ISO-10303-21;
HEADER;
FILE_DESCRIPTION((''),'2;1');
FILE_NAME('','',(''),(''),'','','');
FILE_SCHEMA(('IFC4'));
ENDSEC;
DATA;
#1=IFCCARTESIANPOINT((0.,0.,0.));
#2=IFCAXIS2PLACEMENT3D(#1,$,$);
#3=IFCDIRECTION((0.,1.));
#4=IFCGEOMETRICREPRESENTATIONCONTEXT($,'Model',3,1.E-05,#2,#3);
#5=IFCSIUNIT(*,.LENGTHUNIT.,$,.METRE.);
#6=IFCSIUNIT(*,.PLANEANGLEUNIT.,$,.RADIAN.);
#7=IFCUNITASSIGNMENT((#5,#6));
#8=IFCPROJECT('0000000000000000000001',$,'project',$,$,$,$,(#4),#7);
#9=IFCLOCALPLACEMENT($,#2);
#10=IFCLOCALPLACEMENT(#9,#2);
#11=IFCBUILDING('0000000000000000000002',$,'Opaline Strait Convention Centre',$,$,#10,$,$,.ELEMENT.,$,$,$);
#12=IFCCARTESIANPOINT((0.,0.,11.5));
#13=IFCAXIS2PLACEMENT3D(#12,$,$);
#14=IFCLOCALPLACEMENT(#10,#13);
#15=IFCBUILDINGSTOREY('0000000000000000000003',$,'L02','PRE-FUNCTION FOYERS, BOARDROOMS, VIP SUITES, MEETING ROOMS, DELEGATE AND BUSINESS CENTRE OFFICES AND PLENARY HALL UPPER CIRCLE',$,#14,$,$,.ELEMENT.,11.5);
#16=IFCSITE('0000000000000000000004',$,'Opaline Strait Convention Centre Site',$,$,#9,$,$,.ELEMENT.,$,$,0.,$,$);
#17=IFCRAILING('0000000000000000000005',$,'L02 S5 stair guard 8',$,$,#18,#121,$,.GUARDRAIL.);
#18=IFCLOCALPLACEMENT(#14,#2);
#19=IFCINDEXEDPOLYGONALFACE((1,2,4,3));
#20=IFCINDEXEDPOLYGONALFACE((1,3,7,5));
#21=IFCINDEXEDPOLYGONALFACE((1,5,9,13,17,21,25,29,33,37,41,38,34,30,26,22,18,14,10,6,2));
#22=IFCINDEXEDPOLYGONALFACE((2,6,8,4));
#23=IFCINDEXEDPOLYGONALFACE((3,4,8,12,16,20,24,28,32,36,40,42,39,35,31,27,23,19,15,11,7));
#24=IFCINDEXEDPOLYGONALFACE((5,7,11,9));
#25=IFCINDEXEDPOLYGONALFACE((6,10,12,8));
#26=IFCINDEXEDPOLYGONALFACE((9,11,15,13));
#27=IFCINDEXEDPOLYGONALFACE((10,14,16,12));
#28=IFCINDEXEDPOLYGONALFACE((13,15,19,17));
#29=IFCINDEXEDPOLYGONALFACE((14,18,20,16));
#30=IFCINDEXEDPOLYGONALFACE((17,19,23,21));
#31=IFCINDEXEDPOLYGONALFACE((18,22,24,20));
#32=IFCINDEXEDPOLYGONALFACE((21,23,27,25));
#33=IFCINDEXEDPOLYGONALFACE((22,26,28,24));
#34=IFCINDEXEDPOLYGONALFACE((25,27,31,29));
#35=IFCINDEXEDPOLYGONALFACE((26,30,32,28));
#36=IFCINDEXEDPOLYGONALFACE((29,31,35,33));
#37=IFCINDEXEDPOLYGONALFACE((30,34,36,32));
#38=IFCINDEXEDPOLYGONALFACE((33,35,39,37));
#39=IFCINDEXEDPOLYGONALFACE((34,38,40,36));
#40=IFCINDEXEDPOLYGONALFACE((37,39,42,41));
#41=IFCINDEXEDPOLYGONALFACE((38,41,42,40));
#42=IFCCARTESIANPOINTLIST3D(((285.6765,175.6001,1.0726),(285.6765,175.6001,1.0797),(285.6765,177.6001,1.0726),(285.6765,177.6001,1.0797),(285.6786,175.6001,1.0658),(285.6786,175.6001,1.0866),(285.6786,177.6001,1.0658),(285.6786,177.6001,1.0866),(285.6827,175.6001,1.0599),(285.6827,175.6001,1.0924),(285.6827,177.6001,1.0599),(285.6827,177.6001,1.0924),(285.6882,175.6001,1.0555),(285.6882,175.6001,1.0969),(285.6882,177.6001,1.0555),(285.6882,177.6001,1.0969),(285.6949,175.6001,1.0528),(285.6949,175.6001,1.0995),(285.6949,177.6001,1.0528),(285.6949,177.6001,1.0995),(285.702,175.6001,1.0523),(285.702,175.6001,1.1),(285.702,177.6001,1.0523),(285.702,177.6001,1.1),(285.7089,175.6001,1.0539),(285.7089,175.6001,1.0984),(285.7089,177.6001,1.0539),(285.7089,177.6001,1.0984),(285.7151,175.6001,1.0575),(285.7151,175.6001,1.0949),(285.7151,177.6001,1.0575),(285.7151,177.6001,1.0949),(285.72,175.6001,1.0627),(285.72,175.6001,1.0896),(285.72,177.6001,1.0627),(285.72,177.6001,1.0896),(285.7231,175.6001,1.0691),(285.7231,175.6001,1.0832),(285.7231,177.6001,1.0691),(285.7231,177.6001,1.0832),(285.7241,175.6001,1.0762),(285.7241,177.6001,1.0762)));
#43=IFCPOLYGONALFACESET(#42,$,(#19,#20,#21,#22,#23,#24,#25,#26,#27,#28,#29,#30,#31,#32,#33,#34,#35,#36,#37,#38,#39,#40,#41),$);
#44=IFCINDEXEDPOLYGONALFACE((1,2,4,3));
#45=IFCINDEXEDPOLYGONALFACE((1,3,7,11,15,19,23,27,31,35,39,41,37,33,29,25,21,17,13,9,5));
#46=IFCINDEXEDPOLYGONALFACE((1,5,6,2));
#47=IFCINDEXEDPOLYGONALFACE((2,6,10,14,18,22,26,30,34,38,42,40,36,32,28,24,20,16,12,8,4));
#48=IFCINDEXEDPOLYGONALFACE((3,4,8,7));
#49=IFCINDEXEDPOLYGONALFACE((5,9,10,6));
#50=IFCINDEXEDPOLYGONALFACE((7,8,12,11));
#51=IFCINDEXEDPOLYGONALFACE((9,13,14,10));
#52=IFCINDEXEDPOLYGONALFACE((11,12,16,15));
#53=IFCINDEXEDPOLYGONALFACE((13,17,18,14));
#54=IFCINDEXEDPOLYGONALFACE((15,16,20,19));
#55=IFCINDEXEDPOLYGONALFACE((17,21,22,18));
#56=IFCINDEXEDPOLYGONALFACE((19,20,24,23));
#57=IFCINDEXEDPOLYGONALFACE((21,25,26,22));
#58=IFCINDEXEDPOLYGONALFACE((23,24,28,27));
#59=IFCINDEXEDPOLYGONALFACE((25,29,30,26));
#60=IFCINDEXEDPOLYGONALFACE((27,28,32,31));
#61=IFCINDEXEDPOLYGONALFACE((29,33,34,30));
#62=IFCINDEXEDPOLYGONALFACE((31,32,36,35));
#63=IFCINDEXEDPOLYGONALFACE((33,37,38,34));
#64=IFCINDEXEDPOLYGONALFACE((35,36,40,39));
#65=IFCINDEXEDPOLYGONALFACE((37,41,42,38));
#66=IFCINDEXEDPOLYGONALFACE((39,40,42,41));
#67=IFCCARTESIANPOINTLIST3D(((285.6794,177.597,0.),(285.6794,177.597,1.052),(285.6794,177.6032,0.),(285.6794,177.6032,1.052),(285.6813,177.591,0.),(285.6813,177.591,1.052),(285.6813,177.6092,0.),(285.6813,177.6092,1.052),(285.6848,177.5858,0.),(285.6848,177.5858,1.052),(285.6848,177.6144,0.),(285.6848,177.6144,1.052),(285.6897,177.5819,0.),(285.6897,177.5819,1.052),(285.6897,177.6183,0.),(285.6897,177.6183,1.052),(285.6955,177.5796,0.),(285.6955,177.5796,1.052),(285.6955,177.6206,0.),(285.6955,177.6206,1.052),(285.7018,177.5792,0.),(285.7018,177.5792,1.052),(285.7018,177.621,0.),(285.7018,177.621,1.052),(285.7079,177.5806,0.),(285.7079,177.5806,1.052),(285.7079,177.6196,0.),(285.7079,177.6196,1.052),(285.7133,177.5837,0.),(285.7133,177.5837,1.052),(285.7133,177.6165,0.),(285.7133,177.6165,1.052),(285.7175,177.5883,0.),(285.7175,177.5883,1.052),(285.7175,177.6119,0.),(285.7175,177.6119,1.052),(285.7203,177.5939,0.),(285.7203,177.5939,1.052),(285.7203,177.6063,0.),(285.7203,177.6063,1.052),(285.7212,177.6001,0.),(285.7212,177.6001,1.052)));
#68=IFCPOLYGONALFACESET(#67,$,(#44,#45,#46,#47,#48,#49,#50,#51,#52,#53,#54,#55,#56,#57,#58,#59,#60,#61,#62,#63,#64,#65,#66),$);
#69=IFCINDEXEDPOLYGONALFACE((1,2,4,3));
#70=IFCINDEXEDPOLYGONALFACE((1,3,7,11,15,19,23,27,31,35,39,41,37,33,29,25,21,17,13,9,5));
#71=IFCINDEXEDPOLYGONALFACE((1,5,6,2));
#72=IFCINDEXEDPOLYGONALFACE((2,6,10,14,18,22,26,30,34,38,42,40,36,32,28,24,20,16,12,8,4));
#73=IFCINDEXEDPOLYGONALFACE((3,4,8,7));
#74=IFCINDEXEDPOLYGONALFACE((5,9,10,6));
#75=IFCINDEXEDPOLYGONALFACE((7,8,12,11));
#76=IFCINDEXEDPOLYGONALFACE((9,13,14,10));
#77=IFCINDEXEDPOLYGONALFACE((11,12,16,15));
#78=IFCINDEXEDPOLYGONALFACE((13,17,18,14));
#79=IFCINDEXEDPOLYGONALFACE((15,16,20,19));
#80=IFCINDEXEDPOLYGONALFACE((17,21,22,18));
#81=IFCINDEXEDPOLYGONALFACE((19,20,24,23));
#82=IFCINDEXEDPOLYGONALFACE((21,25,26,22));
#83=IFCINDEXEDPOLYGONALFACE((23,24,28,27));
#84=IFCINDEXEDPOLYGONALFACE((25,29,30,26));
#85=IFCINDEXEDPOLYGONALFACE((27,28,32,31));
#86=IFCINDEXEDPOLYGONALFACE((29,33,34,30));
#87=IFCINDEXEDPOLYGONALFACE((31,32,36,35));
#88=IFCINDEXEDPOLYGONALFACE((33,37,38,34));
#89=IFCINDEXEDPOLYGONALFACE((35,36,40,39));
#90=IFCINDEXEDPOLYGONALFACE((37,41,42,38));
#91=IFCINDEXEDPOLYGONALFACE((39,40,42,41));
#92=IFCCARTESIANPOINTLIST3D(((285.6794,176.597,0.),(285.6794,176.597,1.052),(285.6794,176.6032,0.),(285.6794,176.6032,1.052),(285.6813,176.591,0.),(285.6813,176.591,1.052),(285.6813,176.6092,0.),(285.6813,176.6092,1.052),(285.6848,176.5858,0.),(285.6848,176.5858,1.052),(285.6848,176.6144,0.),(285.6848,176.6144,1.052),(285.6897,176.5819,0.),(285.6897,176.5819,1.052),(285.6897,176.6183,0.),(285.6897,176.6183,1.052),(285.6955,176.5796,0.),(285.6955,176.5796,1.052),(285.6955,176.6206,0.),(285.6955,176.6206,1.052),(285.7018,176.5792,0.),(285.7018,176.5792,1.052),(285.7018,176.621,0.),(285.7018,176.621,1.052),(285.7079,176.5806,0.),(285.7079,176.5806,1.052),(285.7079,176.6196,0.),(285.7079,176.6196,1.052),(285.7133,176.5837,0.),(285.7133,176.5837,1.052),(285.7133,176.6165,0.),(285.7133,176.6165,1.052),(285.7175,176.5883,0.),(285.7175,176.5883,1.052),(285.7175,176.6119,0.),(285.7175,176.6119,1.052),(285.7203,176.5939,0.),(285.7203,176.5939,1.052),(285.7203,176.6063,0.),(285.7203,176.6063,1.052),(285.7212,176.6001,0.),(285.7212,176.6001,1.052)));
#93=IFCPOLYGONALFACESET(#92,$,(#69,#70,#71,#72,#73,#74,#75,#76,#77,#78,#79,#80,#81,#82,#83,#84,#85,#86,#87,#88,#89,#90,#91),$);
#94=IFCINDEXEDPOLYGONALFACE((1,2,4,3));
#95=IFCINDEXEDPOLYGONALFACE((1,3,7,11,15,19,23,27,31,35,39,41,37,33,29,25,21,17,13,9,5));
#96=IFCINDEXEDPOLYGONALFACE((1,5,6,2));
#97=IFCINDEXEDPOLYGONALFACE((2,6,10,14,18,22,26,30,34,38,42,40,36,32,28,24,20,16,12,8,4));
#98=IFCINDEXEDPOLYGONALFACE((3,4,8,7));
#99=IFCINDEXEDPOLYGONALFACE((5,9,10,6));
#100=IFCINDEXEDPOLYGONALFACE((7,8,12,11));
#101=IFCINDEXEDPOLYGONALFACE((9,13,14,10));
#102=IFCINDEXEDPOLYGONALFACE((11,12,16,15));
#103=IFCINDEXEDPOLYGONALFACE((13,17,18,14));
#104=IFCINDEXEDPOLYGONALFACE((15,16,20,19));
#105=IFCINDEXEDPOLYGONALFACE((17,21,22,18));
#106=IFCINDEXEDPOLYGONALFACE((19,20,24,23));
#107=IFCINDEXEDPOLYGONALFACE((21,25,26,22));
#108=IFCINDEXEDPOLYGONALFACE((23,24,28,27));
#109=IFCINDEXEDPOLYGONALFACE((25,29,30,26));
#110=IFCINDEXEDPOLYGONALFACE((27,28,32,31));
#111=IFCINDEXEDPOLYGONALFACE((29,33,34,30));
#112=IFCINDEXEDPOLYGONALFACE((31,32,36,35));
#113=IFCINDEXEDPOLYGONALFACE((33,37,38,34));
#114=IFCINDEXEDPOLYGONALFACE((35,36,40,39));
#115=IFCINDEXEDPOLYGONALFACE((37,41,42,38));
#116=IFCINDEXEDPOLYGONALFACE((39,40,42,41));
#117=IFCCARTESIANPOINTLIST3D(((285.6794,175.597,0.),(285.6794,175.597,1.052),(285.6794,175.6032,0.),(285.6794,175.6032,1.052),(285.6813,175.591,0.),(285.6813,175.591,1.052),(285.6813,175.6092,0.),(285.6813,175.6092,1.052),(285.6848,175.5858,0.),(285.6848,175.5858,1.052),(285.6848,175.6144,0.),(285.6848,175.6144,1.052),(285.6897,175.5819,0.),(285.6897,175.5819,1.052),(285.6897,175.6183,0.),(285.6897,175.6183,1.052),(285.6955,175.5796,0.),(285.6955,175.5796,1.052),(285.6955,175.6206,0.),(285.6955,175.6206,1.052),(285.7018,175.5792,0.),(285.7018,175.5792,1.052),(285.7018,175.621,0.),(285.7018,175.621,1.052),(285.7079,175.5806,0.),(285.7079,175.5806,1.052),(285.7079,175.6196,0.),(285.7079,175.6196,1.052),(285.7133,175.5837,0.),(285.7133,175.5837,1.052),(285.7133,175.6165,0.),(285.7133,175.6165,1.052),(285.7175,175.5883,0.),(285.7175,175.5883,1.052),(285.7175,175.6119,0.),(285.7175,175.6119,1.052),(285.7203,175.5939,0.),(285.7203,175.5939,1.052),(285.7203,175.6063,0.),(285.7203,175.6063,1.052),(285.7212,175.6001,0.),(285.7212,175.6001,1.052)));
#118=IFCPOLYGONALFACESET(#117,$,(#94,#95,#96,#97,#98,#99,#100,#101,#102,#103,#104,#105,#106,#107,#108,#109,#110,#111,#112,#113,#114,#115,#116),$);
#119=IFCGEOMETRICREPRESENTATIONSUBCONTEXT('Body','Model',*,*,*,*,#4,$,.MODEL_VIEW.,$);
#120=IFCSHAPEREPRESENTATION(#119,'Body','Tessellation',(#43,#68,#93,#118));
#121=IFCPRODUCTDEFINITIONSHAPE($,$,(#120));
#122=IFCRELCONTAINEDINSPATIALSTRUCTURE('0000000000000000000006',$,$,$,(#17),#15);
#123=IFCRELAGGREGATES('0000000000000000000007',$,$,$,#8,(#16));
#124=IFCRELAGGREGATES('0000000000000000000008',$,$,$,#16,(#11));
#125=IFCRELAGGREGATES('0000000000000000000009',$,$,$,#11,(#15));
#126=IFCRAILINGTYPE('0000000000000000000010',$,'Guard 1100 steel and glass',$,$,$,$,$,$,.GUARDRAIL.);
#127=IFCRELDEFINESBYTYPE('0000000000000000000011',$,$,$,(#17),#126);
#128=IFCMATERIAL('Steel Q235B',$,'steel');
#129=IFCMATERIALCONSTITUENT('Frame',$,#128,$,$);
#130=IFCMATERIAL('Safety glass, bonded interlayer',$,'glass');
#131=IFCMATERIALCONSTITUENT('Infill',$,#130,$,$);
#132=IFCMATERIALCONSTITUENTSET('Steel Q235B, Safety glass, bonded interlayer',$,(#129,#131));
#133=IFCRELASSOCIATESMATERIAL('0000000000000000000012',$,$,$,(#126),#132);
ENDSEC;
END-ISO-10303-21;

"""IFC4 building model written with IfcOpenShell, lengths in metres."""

from ifc_helpers import new_model, si_unit, direction, frame, origin, origin_2d, place, context, subcontext, project, spatial, circle, extrude, material, constituent, constituent_set, type_object, element, save


model = new_model("IFC4")

# Units and contexts
model_context = context("Model", 3, precision=1e-05, world=origin(), true_north=direction((0.0, 1.0)))
body_context = subcontext(model_context, "Body", "Model", "MODEL_VIEW")
ifc_project = project(units=[si_unit("LENGTHUNIT", "METRE"), si_unit("PLANEANGLEUNIT", "RADIAN")], contexts=[model_context])

# Site, building, storey
site_placement = place(None, origin())
site = spatial("IfcSite", under=ifc_project, at=site_placement, Name="Opaline Strait Convention Centre Site", CompositionType="ELEMENT", RefElevation=0.0)
building_placement = place(site_placement, origin())
building = spatial("IfcBuilding", under=site, at=building_placement, Name="Opaline Strait Convention Centre", CompositionType="ELEMENT")
storey_placement = place(building_placement, frame((0.0, 0.0, 11.5)))
storey = spatial("IfcBuildingStorey", under=building, at=storey_placement, Name="L02", Description="PRE-FUNCTION FOYERS, BOARDROOMS, VIP SUITES, MEETING ROOMS, DELEGATE AND BUSINESS CENTRE OFFICES AND PLENARY HALL UPPER CIRCLE", CompositionType="ELEMENT", Elevation=11.5)

# Railing
ifc_material_1 = material(Name="Steel Q235B", Category="steel")
ifc_constituent_1 = constituent(ifc_material_1, Name="Frame")
ifc_material_2 = material(Name="Safety glass, bonded interlayer", Category="glass")
ifc_constituent_2 = constituent(ifc_material_2, Name="Infill")
ifc_constituent_set = constituent_set(constituents=[ifc_constituent_1, ifc_constituent_2], Name="Steel Q235B, Safety glass, bonded interlayer")
railing_type_1 = type_object("IfcRailingType", Name="Guard 1100 steel and glass", PredefinedType="GUARDRAIL", material=ifc_constituent_set)
for number, where, name in (
    (1, (285.7002, 177.6001, 0.0), "L02 S5 stair guard 8"),
):
    element("IfcRailing", number, at=place(storey_placement, frame(where)), inside=storey, type_object=railing_type_1, Name=name, PredefinedType="GUARDRAIL", context=body_context, shape_type="SweptSolid", body=[
        extrude(circle(Radius=0.0239, at=origin_2d()), frame((0.0, 0.0, 1.0762), z_axis=(0.0, -1.0, 0.0), x_axis=(1.0, 0.0, 0.0)), (0.0, 0.0, 1.0), 2.0),
        extrude(circle(Radius=0.021, at=origin_2d()), origin(), (0.0, 0.0, 1.0), 1.052),
        extrude(circle(Radius=0.021, at=origin_2d()), frame((0.0, -1.0, 0.0)), (0.0, 0.0, 1.0), 1.052),
        extrude(circle(Radius=0.021, at=origin_2d()), frame((0.0, -2.0, 0.0)), (0.0, 0.0, 1.0), 1.052),
    ])

save(model, "model.ifc")
